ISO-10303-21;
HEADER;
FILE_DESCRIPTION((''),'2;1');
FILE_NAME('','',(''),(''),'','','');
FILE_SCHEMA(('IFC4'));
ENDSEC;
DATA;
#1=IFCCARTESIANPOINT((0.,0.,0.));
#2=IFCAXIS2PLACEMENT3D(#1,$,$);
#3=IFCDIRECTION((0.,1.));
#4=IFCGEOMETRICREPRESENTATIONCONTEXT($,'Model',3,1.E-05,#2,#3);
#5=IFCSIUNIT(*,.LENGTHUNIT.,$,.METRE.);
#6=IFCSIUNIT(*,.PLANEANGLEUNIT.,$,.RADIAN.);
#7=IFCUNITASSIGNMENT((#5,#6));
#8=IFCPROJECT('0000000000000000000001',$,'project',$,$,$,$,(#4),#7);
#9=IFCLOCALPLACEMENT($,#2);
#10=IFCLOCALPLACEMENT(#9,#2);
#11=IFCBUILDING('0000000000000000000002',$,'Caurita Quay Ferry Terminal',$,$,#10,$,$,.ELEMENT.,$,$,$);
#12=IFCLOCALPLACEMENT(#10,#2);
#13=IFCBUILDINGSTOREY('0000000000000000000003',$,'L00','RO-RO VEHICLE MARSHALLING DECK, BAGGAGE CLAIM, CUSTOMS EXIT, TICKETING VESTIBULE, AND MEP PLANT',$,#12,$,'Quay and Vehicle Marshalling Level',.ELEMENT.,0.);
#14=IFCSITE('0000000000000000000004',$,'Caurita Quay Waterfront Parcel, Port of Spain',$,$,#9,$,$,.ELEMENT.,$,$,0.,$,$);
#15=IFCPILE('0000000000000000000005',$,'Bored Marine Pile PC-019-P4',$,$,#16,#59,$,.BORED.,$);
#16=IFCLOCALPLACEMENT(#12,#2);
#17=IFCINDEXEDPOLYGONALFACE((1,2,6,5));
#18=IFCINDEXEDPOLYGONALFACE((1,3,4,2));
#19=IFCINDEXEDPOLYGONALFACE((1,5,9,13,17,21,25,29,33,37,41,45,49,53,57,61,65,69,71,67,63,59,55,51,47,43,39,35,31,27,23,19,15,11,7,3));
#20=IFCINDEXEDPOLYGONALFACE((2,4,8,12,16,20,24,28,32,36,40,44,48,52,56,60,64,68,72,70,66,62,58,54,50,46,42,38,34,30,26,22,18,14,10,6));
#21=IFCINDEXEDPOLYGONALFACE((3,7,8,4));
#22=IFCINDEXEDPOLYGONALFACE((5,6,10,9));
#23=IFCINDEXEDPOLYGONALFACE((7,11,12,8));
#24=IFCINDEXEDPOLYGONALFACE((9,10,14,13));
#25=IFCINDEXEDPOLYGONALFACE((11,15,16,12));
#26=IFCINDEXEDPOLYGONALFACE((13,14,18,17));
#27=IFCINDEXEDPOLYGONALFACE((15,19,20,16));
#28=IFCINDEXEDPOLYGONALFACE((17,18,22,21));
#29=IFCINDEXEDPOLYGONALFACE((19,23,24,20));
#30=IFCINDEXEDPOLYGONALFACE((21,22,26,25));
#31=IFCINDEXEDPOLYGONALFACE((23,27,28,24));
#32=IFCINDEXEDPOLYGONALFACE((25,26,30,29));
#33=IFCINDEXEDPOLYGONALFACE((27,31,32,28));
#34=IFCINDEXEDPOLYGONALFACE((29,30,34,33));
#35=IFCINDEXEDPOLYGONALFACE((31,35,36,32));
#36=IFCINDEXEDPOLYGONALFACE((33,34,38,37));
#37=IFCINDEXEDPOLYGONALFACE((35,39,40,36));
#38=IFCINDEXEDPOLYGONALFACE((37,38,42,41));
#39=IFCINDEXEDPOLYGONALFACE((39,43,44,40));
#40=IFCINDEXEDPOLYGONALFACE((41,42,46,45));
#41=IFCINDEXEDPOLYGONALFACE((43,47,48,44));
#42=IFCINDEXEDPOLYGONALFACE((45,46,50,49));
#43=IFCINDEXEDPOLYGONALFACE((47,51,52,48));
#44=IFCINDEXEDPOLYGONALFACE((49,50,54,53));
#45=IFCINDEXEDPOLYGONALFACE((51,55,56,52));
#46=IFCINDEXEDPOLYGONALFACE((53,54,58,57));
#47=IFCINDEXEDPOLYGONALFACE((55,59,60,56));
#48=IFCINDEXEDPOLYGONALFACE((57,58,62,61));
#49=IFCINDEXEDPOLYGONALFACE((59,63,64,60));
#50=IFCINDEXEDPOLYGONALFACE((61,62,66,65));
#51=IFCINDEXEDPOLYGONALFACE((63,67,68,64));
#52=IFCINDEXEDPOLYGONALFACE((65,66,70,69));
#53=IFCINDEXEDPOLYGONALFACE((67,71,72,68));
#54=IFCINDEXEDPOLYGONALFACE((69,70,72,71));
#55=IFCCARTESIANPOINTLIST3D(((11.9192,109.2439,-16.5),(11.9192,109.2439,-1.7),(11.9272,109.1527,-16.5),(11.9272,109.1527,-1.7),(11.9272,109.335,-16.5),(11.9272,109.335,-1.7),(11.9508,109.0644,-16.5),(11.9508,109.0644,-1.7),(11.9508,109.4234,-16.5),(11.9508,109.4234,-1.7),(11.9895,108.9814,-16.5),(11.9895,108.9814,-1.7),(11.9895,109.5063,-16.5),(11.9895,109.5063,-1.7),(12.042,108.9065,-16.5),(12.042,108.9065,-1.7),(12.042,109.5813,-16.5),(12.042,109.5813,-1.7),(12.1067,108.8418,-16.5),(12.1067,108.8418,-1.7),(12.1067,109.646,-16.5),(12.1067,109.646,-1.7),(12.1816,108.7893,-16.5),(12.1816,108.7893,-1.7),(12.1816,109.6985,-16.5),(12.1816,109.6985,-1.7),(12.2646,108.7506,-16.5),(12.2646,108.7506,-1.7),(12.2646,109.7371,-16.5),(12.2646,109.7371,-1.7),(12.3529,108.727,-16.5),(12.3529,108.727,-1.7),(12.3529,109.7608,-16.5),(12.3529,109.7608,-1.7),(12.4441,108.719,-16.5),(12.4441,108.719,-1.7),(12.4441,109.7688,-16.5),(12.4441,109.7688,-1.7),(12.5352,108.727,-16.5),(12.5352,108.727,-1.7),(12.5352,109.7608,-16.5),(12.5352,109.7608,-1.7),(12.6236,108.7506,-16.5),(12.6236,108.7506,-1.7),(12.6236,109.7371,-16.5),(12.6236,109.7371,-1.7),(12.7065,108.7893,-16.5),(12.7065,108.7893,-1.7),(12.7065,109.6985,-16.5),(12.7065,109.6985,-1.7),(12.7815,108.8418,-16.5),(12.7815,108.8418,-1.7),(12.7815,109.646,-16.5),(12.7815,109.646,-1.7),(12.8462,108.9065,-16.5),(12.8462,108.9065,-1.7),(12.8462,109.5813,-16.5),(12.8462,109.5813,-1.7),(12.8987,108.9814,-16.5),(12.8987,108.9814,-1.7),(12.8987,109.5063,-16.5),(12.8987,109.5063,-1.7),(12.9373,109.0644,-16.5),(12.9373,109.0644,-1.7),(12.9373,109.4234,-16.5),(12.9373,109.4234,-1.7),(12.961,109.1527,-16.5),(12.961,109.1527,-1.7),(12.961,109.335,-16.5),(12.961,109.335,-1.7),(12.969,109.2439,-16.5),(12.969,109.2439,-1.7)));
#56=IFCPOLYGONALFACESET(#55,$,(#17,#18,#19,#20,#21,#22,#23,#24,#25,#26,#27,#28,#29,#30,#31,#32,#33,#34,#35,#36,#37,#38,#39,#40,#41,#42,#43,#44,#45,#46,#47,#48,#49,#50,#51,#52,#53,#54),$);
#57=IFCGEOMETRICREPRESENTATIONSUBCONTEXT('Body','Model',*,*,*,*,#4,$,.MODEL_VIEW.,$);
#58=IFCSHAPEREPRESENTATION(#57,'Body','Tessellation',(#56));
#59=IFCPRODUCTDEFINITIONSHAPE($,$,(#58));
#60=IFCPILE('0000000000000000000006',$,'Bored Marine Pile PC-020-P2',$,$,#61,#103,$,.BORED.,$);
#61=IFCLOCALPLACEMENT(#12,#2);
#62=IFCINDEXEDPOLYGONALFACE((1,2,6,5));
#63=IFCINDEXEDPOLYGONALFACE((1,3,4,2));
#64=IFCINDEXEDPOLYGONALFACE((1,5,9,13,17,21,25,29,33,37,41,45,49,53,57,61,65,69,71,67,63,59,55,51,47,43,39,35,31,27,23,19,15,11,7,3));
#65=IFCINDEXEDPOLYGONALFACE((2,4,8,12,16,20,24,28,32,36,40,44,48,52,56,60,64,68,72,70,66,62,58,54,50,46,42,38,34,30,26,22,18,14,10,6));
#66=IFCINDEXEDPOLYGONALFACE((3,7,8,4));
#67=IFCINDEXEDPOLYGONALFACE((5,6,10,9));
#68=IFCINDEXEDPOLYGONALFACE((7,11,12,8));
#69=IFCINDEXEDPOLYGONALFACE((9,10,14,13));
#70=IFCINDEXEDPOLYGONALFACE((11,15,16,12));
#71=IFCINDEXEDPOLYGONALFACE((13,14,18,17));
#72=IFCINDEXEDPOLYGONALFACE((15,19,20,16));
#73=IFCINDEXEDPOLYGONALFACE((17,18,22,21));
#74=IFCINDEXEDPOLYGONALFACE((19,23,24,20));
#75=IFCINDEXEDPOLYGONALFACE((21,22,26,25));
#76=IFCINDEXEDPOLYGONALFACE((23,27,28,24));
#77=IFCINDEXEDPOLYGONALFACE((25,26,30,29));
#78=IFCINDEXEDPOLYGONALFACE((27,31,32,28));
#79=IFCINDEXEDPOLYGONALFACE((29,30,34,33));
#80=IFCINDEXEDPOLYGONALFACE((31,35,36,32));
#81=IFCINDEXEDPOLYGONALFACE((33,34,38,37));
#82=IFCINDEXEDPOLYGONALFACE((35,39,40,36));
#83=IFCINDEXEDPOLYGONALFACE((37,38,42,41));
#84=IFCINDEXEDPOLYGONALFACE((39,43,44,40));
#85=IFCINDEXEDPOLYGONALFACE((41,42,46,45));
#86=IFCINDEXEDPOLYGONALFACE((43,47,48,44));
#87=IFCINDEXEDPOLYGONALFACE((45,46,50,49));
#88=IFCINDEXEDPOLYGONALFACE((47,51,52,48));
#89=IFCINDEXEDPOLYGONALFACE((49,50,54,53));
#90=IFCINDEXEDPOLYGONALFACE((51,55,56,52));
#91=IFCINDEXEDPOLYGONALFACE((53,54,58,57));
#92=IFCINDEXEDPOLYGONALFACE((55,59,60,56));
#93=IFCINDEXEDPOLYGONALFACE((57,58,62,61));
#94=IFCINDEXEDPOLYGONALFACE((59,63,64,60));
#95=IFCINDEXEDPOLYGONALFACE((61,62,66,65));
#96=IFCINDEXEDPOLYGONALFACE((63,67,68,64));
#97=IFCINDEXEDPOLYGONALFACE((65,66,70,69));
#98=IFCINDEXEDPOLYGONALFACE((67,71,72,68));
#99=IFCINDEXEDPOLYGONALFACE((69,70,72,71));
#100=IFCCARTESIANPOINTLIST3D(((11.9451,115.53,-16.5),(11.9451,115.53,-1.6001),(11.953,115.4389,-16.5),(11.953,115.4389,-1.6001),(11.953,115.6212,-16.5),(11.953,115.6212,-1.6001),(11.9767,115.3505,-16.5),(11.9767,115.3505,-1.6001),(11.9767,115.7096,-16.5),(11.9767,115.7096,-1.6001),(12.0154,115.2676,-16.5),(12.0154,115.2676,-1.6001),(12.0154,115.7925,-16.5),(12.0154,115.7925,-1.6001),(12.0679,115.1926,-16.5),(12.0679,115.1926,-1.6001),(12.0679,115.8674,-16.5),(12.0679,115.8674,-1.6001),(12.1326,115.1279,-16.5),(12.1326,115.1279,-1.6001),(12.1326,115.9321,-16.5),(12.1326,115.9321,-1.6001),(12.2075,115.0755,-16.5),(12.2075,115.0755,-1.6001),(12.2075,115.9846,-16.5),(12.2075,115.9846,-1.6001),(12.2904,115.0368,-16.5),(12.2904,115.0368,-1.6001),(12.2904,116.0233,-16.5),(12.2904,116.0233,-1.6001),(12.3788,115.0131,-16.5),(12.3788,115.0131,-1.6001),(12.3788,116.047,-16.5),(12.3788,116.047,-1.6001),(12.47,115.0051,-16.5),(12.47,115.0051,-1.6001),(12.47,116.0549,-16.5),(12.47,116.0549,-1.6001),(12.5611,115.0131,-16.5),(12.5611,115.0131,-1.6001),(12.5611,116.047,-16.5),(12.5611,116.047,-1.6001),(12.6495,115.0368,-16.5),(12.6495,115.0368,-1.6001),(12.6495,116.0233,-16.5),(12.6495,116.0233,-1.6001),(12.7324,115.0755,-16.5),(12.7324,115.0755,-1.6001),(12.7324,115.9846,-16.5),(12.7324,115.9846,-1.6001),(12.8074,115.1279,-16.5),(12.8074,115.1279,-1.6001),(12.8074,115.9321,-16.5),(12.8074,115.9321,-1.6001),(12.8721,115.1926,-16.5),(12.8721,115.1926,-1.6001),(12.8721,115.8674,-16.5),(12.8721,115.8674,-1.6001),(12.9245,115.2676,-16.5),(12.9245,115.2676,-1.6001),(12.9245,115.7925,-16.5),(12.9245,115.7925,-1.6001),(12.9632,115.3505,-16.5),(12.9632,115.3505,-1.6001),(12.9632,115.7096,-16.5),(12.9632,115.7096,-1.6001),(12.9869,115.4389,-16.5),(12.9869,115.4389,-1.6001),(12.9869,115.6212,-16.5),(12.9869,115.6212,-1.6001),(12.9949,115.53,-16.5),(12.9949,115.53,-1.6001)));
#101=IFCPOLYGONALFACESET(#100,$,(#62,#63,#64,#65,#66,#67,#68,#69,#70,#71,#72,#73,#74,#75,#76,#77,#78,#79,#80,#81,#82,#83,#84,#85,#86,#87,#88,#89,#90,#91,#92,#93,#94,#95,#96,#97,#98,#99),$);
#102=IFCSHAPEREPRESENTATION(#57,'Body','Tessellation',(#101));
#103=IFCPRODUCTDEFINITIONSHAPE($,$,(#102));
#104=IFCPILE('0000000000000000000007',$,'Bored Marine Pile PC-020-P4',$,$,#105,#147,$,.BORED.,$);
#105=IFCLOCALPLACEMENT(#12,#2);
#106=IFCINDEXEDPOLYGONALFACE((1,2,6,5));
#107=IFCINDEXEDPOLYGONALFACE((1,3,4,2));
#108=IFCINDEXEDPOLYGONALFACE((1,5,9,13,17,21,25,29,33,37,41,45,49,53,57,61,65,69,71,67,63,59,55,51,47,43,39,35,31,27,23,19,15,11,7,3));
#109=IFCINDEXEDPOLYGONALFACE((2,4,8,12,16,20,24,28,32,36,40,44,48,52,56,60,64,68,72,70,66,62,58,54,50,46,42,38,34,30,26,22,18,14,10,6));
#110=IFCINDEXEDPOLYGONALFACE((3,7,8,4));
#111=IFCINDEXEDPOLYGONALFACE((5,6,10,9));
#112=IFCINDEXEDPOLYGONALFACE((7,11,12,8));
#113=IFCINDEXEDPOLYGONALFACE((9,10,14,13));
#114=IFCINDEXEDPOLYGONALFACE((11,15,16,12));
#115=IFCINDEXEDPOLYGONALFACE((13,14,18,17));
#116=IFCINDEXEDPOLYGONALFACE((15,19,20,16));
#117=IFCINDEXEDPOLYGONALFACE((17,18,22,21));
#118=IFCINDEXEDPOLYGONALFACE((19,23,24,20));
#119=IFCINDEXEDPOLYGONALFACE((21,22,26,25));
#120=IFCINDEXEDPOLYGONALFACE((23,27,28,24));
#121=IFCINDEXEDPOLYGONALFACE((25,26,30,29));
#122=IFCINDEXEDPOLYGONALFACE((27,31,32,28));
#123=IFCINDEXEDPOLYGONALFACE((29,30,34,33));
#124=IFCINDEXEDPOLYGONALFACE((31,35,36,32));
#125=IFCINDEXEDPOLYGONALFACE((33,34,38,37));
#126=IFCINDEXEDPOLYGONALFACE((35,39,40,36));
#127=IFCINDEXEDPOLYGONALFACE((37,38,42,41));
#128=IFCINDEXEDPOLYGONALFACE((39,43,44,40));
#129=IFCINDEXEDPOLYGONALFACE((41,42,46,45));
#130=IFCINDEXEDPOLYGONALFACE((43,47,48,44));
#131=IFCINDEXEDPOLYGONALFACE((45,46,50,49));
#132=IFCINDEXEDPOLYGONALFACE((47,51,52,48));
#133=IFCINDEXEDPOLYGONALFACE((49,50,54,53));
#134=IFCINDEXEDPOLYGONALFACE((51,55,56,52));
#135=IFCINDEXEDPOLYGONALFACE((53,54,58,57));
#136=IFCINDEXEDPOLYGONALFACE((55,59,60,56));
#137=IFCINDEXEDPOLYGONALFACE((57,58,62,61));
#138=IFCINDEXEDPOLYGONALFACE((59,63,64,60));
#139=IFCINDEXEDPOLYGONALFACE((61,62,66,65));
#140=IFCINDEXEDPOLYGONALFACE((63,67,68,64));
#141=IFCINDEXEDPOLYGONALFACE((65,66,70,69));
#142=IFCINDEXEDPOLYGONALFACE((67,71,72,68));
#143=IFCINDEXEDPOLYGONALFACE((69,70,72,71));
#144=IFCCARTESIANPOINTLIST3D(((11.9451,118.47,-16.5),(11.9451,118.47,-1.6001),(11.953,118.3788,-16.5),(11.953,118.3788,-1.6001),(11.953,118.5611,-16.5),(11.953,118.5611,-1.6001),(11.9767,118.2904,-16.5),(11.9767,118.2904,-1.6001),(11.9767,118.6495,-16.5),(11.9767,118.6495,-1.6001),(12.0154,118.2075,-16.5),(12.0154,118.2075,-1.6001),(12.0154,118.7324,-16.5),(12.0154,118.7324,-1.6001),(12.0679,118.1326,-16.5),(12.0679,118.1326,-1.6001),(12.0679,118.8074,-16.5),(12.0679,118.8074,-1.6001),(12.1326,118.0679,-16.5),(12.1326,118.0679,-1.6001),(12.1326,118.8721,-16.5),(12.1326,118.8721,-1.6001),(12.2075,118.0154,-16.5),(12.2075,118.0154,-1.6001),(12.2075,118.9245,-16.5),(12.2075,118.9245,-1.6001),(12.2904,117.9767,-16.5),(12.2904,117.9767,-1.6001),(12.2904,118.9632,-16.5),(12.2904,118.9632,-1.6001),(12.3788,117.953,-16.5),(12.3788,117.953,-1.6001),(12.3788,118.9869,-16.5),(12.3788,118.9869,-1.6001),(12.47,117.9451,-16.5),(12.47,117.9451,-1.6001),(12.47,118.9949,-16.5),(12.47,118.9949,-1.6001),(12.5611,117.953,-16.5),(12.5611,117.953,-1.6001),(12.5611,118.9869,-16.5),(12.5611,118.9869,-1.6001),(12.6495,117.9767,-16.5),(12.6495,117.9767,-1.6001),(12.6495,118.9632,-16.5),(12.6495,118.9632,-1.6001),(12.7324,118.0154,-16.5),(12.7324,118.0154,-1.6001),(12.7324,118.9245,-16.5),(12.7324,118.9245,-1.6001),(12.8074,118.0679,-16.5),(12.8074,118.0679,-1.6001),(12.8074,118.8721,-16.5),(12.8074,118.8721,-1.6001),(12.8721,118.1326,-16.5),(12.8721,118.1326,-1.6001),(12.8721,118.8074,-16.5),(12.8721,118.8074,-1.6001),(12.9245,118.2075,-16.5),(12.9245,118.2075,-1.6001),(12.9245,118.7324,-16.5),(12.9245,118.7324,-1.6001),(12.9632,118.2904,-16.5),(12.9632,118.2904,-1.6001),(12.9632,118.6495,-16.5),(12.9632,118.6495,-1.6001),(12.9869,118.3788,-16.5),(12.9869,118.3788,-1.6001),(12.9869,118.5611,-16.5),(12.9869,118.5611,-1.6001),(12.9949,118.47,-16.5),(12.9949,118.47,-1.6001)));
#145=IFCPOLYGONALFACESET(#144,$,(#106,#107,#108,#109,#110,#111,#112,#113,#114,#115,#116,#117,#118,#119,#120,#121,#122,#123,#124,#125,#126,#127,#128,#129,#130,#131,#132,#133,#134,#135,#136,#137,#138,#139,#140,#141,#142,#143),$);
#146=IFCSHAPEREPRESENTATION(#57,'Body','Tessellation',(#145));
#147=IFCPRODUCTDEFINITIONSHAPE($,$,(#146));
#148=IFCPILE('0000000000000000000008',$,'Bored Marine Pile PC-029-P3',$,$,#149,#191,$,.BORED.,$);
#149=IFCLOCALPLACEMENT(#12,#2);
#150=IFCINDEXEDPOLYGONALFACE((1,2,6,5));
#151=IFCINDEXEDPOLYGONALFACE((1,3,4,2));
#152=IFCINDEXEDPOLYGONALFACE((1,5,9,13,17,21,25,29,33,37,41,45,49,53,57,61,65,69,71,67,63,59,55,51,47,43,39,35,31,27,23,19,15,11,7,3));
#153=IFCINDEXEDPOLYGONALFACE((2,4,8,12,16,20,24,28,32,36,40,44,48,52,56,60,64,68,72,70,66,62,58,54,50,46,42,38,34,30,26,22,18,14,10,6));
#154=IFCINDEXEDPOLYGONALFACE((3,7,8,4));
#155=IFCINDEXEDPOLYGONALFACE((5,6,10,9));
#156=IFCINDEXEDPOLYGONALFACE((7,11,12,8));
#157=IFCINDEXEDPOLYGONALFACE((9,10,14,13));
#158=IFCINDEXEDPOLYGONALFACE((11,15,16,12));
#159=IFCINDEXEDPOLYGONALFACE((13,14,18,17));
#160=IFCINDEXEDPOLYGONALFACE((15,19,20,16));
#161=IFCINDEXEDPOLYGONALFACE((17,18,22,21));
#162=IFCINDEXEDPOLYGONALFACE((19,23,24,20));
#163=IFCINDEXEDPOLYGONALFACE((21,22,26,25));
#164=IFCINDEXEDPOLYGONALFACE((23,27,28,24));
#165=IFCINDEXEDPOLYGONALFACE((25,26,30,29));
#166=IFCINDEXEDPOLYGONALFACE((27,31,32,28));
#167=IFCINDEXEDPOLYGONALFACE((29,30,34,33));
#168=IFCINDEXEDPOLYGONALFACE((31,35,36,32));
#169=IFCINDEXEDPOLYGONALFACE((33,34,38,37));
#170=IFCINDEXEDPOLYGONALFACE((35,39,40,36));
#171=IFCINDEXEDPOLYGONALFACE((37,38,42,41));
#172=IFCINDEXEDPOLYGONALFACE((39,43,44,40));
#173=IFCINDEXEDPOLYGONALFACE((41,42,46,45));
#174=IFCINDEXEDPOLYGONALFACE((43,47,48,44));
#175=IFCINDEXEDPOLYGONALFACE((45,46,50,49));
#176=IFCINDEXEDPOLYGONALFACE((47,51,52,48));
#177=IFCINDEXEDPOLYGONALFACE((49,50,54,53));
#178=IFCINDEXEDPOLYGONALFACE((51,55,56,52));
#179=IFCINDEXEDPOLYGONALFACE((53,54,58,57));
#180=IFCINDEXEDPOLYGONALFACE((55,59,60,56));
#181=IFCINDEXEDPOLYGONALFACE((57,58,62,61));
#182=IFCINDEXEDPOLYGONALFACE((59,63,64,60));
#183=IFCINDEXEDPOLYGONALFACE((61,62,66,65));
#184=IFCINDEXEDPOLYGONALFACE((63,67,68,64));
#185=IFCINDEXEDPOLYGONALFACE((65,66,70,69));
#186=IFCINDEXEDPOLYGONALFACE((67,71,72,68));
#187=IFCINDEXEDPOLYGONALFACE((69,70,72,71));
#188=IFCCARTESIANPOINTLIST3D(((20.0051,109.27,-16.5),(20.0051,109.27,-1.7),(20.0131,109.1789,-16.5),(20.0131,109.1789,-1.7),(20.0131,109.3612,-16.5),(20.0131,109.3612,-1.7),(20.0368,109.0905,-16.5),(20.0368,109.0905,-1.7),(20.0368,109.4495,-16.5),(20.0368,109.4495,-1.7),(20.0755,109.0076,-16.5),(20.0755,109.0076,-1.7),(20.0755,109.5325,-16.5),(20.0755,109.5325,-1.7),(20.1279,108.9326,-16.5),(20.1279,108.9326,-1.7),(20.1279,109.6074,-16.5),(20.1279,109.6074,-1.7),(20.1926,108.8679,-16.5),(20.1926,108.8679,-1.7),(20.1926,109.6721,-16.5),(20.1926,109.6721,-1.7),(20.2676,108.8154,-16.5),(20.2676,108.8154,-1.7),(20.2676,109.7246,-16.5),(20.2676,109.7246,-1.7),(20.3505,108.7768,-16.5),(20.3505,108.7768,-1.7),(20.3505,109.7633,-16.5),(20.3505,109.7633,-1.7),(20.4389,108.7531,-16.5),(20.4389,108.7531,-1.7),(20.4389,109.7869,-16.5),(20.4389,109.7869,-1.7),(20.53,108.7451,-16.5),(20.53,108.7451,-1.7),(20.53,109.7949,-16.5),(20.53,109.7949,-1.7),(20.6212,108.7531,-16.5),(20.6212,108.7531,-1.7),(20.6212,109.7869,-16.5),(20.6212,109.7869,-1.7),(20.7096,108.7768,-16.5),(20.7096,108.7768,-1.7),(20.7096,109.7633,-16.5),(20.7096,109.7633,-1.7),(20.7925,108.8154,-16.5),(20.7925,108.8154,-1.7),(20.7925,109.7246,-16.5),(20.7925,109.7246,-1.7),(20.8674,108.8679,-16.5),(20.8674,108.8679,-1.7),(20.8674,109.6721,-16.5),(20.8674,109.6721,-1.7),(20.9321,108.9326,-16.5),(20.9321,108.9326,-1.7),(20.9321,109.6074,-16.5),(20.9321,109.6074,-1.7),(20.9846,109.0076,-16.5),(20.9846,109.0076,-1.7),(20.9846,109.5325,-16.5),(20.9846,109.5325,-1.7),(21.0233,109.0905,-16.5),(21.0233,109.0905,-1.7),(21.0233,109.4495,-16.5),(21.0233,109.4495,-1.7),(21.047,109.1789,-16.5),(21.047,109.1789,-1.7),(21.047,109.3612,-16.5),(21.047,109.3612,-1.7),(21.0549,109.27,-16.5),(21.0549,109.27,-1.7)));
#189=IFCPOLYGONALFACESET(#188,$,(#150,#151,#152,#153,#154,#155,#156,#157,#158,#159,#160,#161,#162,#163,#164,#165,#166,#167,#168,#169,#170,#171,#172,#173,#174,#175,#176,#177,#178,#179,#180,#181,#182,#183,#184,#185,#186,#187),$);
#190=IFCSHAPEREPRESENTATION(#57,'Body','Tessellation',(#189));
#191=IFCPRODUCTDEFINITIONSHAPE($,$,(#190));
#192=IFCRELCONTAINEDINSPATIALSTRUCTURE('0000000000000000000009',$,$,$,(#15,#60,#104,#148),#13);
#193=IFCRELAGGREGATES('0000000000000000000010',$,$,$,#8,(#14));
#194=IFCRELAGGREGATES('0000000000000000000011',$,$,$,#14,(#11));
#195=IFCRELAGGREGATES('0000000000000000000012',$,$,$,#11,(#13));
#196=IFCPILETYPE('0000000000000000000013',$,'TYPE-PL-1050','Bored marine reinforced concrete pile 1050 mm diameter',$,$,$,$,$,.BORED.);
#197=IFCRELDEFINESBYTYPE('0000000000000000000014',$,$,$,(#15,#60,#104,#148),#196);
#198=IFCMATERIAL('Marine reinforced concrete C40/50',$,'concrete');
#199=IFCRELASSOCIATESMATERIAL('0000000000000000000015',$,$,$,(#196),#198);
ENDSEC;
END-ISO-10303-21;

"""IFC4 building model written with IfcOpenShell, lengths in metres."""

from ifc_helpers import new_model, si_unit, direction, frame, origin, origin_2d, place, context, subcontext, project, spatial, circle, extrude, material, material_profile, profile_set, type_object, element, save


model = new_model("IFC4")

# Units and contexts
model_context = context("Model", 3, precision=1e-05, world=origin(), true_north=direction((0.0, 1.0)))
body_context = subcontext(model_context, "Body", "Model", "MODEL_VIEW")
ifc_project = project(units=[si_unit("LENGTHUNIT", "METRE"), si_unit("PLANEANGLEUNIT", "RADIAN")], contexts=[model_context])

# Site, building, storey
site_placement = place(None, origin())
site = spatial("IfcSite", under=ifc_project, at=site_placement, Name="Caurita Quay Waterfront Parcel, Port of Spain", CompositionType="ELEMENT", RefElevation=0.0)
building_placement = place(site_placement, origin())
building = spatial("IfcBuilding", under=site, at=building_placement, Name="Caurita Quay Ferry Terminal", CompositionType="ELEMENT")
storey_placement = place(building_placement, origin())
storey = spatial("IfcBuildingStorey", under=building, at=storey_placement, Name="L00", Description="RO-RO VEHICLE MARSHALLING DECK, BAGGAGE CLAIM, CUSTOMS EXIT, TICKETING VESTIBULE, AND MEP PLANT", LongName="Quay and Vehicle Marshalling Level", CompositionType="ELEMENT", Elevation=0.0)

# Piles
ifc_material_1 = material(Name="Marine reinforced concrete C40/50", Category="concrete")
ifc_material_profile_1 = material_profile(ifc_material_1, circle(Radius=0.5249, at=origin_2d()), Name="PILE-D1050")
ifc_profile_set_1 = profile_set([ifc_material_profile_1], Name="Marine reinforced concrete C40/50")
pile_type = type_object("IfcPileType", Name="TYPE-PL-1050", Description="Bored marine reinforced concrete pile 1050 mm diameter", PredefinedType="BORED", material=ifc_profile_set_1)
pile_1_placement = place(storey_placement, frame((12.4441, 109.2439, -1.7), z_axis=(0.0, 0.0, -1.0), x_axis=(1.0, 0.0, 0.0)))
element("IfcPile", 1, at=pile_1_placement, inside=storey, type_object=pile_type, Name="Bored Marine Pile PC-019-P4", PredefinedType="BORED", context=body_context, shape_type="SweptSolid", body=[
    extrude(circle(Radius=0.5249, at=origin_2d()), origin(), (0.0, 0.0, 1.0), 14.8),
])
for number, where, z_axis, x_axis, name in (
    (2, (12.47, 115.53, -1.6001), (0.0, 0.0, -1.0), (1.0, 0.0, 0.0), "Bored Marine Pile PC-020-P2"),
    (3, (12.47, 118.47, -1.6001), (0.0, 0.0, -1.0), (1.0, 0.0, 0.0), "Bored Marine Pile PC-020-P4"),
):
    element("IfcPile", number, at=place(storey_placement, frame(where, z_axis=z_axis, x_axis=x_axis)), inside=storey, type_object=pile_type, Name=name, PredefinedType="BORED", context=body_context, shape_type="SweptSolid", body=[
        extrude(circle(Radius=0.5249, at=origin_2d()), origin(), (0.0, 0.0, 1.0), 14.8999),
    ])
pile_2_placement = place(storey_placement, frame((20.53, 109.27, -1.7), z_axis=(0.0, 0.0, -1.0), x_axis=(1.0, 0.0, 0.0)))
element("IfcPile", 4, at=pile_2_placement, inside=storey, type_object=pile_type, Name="Bored Marine Pile PC-029-P3", PredefinedType="BORED", context=body_context, shape_type="SweptSolid", body=[
    extrude(circle(Radius=0.5249, at=origin_2d()), origin(), (0.0, 0.0, 1.0), 14.8),
])

save(model, "model.ifc")
